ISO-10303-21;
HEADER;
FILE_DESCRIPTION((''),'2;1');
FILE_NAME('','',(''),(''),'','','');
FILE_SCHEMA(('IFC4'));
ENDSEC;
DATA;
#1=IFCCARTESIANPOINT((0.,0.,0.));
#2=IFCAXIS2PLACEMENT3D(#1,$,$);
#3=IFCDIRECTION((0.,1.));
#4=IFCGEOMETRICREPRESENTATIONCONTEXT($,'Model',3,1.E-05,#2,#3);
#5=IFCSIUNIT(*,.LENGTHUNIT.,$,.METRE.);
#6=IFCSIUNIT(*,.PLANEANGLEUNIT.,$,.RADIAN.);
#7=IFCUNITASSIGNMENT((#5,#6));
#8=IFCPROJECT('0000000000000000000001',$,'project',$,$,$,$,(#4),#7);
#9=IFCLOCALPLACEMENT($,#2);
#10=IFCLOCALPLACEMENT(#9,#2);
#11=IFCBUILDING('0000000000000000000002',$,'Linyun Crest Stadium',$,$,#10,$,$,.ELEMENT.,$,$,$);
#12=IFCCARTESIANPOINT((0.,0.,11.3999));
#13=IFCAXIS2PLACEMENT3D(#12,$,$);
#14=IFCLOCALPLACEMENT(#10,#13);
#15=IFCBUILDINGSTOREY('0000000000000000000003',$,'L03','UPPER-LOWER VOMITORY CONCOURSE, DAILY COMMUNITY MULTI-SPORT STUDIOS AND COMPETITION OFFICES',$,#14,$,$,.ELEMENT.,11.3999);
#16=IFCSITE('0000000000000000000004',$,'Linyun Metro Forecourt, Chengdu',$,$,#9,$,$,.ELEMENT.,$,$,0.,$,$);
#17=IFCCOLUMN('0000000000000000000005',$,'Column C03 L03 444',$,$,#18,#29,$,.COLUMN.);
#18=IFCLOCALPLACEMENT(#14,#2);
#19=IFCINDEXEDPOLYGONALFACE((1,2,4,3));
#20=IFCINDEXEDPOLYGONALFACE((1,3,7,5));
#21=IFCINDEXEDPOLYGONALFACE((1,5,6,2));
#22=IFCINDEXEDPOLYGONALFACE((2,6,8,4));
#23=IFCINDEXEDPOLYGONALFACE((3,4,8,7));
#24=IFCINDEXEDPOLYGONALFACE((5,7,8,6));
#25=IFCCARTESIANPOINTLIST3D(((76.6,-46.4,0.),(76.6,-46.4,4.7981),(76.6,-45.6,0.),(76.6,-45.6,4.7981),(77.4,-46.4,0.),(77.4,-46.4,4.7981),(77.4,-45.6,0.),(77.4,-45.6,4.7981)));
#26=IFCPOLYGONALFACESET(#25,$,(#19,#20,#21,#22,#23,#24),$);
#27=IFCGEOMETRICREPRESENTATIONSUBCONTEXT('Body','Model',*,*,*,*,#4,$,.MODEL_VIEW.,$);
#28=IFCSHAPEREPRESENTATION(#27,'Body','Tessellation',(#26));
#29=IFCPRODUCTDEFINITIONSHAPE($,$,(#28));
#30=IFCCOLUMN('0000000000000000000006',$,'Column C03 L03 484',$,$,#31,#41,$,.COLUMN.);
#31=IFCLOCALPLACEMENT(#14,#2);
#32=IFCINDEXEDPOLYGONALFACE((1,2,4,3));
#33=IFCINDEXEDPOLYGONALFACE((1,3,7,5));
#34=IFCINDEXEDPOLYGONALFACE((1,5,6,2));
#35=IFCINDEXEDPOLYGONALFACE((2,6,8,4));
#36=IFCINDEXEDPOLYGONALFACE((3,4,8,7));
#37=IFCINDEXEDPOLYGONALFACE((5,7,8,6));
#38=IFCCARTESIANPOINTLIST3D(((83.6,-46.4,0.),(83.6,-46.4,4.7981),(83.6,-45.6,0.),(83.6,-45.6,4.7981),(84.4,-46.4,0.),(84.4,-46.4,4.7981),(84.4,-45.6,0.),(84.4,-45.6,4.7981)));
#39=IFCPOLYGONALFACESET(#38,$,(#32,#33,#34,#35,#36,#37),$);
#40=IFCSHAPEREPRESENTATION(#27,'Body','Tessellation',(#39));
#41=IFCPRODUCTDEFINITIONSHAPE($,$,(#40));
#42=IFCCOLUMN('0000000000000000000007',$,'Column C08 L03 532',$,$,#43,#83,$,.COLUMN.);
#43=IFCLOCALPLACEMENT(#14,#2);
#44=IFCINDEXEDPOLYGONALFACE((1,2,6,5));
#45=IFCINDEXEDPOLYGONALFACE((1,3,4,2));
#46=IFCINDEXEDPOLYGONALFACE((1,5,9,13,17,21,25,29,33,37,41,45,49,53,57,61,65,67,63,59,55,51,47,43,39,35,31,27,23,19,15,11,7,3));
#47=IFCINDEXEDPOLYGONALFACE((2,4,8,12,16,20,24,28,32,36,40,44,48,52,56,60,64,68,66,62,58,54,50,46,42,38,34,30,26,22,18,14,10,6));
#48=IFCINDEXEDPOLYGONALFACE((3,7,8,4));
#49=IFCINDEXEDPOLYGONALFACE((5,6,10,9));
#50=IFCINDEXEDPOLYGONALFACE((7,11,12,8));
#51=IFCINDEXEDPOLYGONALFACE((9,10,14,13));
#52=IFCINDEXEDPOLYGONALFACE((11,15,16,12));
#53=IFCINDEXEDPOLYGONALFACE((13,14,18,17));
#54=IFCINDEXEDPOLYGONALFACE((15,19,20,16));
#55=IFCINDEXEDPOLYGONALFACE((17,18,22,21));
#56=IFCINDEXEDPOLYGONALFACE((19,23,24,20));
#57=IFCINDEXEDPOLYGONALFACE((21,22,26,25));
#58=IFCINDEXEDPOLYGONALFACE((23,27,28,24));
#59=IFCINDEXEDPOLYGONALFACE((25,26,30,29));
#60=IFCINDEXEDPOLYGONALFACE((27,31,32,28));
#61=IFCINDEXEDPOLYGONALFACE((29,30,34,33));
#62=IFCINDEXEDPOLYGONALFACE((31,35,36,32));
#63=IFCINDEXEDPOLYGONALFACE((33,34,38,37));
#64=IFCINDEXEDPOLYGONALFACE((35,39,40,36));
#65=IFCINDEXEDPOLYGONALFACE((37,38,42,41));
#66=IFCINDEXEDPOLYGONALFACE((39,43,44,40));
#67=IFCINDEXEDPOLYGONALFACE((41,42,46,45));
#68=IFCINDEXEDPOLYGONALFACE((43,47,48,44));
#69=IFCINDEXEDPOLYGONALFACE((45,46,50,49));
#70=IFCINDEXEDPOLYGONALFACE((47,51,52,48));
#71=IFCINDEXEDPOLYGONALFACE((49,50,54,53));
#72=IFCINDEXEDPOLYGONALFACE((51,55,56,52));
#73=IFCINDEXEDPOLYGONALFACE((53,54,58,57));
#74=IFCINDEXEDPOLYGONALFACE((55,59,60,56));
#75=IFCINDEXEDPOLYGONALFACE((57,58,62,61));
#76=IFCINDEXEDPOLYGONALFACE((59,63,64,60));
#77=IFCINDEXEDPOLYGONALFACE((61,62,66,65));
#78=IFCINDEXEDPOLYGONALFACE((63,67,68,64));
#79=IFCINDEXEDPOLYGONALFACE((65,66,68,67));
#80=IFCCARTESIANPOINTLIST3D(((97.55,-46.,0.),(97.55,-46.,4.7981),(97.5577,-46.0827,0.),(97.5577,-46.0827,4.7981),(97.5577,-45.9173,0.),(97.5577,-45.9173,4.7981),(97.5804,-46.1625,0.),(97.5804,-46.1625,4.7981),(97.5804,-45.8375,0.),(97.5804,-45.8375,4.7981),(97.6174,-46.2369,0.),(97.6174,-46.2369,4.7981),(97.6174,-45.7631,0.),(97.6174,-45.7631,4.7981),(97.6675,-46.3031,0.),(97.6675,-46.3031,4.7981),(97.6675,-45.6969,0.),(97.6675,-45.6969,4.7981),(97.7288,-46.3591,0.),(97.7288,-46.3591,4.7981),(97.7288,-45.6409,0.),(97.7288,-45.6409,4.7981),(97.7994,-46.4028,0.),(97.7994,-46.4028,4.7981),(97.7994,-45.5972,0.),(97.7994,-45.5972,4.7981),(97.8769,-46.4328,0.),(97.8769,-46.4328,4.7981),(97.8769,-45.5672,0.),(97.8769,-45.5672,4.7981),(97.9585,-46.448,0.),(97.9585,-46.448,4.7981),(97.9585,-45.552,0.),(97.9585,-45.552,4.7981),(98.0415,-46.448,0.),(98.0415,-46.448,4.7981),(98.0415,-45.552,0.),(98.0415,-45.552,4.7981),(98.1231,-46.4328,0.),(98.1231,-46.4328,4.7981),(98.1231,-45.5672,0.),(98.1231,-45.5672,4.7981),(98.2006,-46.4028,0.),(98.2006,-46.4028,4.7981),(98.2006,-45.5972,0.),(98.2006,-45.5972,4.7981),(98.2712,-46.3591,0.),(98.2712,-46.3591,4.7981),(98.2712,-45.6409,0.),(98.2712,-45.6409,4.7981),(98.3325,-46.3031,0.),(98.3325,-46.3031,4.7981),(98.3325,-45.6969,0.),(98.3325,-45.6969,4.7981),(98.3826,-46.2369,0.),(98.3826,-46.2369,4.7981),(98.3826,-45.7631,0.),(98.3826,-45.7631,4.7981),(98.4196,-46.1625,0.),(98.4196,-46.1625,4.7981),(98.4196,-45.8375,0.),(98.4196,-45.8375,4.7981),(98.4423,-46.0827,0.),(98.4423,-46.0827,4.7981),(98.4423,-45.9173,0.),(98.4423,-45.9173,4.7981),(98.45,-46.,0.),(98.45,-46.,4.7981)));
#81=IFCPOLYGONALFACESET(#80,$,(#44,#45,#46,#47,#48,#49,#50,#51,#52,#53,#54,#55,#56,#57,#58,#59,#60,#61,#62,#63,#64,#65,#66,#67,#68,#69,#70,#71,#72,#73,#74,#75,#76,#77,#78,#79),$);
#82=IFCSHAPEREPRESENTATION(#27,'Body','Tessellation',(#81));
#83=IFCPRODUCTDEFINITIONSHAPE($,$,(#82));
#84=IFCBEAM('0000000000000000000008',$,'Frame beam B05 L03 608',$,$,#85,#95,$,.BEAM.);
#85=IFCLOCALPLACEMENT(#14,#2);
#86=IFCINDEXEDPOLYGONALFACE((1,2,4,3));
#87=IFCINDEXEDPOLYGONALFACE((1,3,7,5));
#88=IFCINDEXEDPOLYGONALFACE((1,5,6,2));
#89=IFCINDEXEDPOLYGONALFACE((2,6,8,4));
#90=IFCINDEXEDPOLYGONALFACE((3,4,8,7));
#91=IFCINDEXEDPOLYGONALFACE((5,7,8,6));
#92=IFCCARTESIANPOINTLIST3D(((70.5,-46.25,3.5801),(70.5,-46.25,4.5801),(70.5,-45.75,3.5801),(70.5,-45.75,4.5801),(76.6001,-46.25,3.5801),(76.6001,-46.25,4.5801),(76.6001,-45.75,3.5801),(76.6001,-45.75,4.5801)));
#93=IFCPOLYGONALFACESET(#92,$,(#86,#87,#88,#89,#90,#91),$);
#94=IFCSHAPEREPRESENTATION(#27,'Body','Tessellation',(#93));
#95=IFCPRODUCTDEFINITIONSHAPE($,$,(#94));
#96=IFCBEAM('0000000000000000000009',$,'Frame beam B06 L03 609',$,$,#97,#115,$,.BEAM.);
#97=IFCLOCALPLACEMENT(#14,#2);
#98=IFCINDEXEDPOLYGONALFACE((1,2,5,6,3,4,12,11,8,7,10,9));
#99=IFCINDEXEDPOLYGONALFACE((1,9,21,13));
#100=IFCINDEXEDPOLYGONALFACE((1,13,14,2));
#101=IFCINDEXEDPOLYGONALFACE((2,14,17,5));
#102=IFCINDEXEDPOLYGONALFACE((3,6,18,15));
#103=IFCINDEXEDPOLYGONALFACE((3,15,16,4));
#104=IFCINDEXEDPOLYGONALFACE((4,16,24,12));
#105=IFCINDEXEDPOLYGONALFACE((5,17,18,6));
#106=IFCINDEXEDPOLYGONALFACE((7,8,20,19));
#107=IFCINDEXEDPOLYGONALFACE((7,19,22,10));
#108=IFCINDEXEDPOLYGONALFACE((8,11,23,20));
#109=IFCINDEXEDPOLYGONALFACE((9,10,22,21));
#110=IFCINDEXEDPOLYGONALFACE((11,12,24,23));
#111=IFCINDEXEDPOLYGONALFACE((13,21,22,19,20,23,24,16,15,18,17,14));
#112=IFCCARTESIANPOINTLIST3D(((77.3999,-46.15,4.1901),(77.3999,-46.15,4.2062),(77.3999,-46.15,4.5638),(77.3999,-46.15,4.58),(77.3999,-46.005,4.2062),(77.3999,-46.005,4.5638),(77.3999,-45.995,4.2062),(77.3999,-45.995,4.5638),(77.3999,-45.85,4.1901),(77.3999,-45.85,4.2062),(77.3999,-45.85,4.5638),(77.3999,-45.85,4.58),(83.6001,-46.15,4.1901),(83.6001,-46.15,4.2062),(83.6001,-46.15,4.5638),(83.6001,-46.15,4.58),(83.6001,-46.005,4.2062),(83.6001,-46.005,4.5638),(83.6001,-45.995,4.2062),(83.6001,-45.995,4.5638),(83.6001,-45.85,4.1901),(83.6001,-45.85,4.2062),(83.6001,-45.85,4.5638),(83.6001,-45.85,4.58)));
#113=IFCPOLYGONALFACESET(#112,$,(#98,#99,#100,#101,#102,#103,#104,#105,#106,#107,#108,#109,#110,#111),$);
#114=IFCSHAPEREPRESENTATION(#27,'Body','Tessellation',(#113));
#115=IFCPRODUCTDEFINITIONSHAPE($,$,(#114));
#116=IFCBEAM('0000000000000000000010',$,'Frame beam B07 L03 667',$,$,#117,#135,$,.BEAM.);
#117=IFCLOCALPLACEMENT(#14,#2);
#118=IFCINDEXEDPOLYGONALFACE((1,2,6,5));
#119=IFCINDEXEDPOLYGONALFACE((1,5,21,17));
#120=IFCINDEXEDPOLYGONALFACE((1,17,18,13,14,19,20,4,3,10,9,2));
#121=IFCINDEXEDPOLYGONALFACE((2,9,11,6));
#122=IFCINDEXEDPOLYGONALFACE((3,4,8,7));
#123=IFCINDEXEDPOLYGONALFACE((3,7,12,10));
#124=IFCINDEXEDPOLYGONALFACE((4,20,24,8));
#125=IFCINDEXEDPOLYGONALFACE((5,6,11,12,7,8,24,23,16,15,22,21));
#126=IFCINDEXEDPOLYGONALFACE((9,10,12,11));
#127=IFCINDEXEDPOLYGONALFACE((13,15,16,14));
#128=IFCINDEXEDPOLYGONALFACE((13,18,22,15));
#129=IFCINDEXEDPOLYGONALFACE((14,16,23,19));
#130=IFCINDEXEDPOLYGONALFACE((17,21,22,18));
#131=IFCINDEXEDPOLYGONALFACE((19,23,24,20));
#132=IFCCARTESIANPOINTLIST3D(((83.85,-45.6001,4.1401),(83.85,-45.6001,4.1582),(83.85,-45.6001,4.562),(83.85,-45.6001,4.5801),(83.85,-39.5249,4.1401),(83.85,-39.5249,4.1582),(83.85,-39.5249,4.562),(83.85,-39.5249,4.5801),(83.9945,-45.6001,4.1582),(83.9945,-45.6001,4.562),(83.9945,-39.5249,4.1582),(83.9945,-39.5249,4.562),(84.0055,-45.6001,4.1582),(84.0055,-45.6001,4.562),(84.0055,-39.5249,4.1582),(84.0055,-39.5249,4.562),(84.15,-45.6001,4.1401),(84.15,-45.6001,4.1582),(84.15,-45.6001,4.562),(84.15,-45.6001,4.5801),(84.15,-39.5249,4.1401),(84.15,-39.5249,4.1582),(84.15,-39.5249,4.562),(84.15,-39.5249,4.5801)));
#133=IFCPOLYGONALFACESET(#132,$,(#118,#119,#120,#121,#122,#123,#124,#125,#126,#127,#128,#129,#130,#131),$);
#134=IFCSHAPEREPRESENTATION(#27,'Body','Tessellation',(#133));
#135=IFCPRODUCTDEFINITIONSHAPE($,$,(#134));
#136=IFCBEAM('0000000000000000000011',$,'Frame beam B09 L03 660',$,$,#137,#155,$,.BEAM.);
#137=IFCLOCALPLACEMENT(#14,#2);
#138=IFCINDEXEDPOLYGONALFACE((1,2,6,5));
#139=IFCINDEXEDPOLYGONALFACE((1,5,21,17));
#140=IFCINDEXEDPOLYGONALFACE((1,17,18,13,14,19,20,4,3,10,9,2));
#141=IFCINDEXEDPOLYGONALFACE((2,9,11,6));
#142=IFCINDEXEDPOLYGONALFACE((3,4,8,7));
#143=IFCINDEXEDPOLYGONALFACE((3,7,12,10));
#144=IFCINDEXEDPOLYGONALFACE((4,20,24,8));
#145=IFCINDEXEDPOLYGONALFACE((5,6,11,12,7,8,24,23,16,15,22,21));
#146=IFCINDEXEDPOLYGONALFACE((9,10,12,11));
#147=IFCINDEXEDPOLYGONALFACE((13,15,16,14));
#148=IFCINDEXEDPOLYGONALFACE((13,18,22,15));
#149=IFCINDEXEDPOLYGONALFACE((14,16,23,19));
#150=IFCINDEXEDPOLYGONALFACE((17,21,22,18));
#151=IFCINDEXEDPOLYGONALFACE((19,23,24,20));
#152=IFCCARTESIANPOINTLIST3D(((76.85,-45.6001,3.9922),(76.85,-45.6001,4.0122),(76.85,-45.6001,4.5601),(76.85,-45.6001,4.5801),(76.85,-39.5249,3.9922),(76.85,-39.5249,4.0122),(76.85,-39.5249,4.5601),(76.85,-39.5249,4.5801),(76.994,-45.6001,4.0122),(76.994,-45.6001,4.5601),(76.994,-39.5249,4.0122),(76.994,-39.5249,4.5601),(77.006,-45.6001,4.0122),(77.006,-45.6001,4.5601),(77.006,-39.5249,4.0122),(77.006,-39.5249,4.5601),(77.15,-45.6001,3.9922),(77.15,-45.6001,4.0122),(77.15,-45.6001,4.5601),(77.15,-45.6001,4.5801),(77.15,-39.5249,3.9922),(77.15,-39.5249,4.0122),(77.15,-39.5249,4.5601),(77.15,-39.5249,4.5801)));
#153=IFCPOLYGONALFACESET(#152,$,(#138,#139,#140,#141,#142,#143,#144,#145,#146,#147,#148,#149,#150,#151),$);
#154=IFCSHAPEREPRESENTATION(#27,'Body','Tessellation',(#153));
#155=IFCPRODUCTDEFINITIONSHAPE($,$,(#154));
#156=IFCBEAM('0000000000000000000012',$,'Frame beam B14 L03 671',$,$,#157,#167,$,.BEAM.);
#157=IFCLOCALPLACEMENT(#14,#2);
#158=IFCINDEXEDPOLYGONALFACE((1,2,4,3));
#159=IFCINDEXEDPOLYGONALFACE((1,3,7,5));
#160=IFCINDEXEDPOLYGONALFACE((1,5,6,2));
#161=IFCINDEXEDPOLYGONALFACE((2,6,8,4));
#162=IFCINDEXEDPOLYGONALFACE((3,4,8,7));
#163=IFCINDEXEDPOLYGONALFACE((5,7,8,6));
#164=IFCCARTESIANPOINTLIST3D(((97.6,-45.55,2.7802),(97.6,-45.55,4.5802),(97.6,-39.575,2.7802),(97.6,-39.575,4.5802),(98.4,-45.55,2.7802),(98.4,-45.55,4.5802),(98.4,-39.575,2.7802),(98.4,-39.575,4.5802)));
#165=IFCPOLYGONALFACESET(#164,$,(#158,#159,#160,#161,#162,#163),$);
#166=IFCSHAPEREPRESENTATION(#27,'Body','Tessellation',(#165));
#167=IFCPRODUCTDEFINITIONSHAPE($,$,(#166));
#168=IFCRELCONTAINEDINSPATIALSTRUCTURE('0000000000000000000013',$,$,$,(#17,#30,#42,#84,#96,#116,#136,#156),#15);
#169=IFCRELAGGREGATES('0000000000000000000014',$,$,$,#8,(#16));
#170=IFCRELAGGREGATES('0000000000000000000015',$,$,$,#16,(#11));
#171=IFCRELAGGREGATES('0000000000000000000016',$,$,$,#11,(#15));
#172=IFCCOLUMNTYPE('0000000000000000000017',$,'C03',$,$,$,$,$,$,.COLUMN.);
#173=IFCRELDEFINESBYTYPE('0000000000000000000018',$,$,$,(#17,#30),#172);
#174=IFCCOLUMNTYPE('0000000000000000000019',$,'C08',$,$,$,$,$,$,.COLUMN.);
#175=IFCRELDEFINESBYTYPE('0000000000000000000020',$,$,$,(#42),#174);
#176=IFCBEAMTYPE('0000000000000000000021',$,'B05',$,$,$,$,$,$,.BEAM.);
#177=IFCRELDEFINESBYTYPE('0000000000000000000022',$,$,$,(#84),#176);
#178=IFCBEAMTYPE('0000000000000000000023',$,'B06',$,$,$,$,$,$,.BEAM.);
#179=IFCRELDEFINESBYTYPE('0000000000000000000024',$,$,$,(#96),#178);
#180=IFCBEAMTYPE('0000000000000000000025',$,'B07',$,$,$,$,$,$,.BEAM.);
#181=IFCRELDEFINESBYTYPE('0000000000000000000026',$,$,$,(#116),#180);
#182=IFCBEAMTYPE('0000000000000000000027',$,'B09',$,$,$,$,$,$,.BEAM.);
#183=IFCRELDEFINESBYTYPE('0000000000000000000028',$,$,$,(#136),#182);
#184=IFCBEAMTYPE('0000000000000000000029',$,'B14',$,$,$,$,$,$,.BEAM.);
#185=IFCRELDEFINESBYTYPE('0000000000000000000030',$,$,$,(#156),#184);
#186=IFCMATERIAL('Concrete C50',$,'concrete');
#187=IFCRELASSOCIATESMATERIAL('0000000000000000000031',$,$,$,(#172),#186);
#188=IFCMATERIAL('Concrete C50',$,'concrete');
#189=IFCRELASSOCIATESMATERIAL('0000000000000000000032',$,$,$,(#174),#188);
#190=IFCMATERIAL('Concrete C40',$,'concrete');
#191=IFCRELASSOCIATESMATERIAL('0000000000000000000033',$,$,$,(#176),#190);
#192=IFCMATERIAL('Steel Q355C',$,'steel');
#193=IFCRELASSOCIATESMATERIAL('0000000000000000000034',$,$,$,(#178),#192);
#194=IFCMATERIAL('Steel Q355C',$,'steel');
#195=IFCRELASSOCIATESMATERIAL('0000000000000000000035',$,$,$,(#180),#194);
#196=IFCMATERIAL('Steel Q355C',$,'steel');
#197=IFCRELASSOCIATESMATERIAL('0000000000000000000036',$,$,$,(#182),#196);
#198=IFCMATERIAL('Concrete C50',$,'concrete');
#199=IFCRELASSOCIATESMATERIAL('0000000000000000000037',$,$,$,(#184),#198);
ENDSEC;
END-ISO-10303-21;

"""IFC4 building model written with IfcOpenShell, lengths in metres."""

from ifc_helpers import new_model, si_unit, direction, frame, origin, origin_2d, place, context, subcontext, project, spatial, rectangle, circle, i_section, extrude, material, material_profile, profile_set, type_object, element, save


model = new_model("IFC4")

# Units and contexts
model_context = context("Model", 3, precision=1e-05, world=origin(), true_north=direction((0.0, 1.0)))
body_context = subcontext(model_context, "Body", "Model", "MODEL_VIEW")
ifc_project = project(units=[si_unit("LENGTHUNIT", "METRE"), si_unit("PLANEANGLEUNIT", "RADIAN")], contexts=[model_context])

# Site, building, storey
site_placement = place(None, origin())
site = spatial("IfcSite", under=ifc_project, at=site_placement, Name="Linyun Metro Forecourt, Chengdu", CompositionType="ELEMENT", RefElevation=0.0)
building_placement = place(site_placement, origin())
building = spatial("IfcBuilding", under=site, at=building_placement, Name="Linyun Crest Stadium", CompositionType="ELEMENT")
storey_placement = place(building_placement, frame((0.0, 0.0, 11.3999)))
storey = spatial("IfcBuildingStorey", under=building, at=storey_placement, Name="L03", Description="UPPER-LOWER VOMITORY CONCOURSE, DAILY COMMUNITY MULTI-SPORT STUDIOS AND COMPETITION OFFICES", CompositionType="ELEMENT", Elevation=11.3999)

# Columns
ifc_material_1 = material(Name="Concrete C50", Category="concrete")
ifc_material_profile_1 = material_profile(ifc_material_1, rectangle(XDim=0.8, YDim=0.8, at=origin_2d()), Name="RC 800x800")
ifc_profile_set_1 = profile_set([ifc_material_profile_1], Name="Concrete C50")
column_type_1 = type_object("IfcColumnType", Name="C03", PredefinedType="COLUMN", material=ifc_profile_set_1)
for number, where, z_axis, x_axis, name in (
    (1, (77.0, -46.0, 0.0), (0.0, 0.0, 1.0), (1.0, 0.0, 0.0), "Column C03 L03 444"),
    (2, (84.0, -46.0, 0.0), (0.0, 0.0, 1.0), (1.0, 0.0, 0.0), "Column C03 L03 484"),
):
    element("IfcColumn", number, at=place(storey_placement, frame(where, z_axis=z_axis, x_axis=x_axis)), inside=storey, type_object=column_type_1, Name=name, PredefinedType="COLUMN", context=body_context, shape_type="SweptSolid", body=[
        extrude(rectangle(XDim=0.8, YDim=0.8, at=origin_2d()), origin(), (0.0, 0.0, 1.0), 4.7981),
    ])
ifc_material_2 = material(Name="Concrete C50", Category="concrete")
ifc_material_profile_2 = material_profile(ifc_material_2, circle(Radius=0.45, at=origin_2d()), Name="RC D900")
ifc_profile_set_2 = profile_set([ifc_material_profile_2], Name="Concrete C50")
column_type_2 = type_object("IfcColumnType", Name="C08", PredefinedType="COLUMN", material=ifc_profile_set_2)
column_placement = place(storey_placement, frame((98.0, -46.0, 0.0), z_axis=(0.0, 0.0, 1.0), x_axis=(1.0, 0.0, 0.0)))
element("IfcColumn", 3, at=column_placement, inside=storey, type_object=column_type_2, Name="Column C08 L03 532", PredefinedType="COLUMN", context=body_context, shape_type="SweptSolid", body=[
    extrude(circle(Radius=0.45, at=origin_2d()), origin(), (0.0, 0.0, 1.0), 4.7981),
])

# Beams
ifc_material_3 = material(Name="Concrete C40", Category="concrete")
ifc_material_profile_3 = material_profile(ifc_material_3, rectangle(XDim=0.5, YDim=1.0, at=origin_2d()), Name="RCB 1000x500")
ifc_profile_set_3 = profile_set([ifc_material_profile_3], Name="Concrete C40")
beam_type_1 = type_object("IfcBeamType", Name="B05", PredefinedType="BEAM", material=ifc_profile_set_3)
beam_1_placement = place(storey_placement, frame((70.5, -46.0, 4.0801), z_axis=(1.0, 0.0, 0.0), x_axis=(0.0, 1.0, 0.0)))
element("IfcBeam", 4, at=beam_1_placement, inside=storey, type_object=beam_type_1, Name="Frame beam B05 L03 608", PredefinedType="BEAM", context=body_context, shape_type="SweptSolid", body=[
    extrude(rectangle(XDim=0.5, YDim=1.0, at=origin_2d()), origin(), (0.0, 0.0, 1.0), 6.1001),
])
ifc_material_4 = material(Name="Steel Q355C", Category="steel")
ifc_material_profile_4 = material_profile(ifc_material_4, i_section(OverallWidth=0.3, OverallDepth=0.3899, WebThickness=0.01, FlangeThickness=0.0161, at=origin_2d()), Name="HM 390x300")
ifc_profile_set_4 = profile_set([ifc_material_profile_4], Name="Steel Q355C")
beam_type_2 = type_object("IfcBeamType", Name="B06", PredefinedType="BEAM", material=ifc_profile_set_4)
beam_2_placement = place(storey_placement, frame((77.3999, -46.0, 4.385), z_axis=(1.0, 0.0, 0.0), x_axis=(0.0, 1.0, 0.0)))
element("IfcBeam", 5, at=beam_2_placement, inside=storey, type_object=beam_type_2, Name="Frame beam B06 L03 609", PredefinedType="BEAM", context=body_context, shape_type="SweptSolid", body=[
    extrude(i_section(OverallWidth=0.3, OverallDepth=0.3899, WebThickness=0.01, FlangeThickness=0.0161, at=origin_2d()), origin(), (0.0, 0.0, 1.0), 6.2002),
])
ifc_material_5 = material(Name="Steel Q355C", Category="steel")
ifc_material_profile_5 = material_profile(ifc_material_5, i_section(OverallWidth=0.3, OverallDepth=0.4399, WebThickness=0.011, FlangeThickness=0.0181, at=origin_2d()), Name="HM 440x300")
ifc_profile_set_5 = profile_set([ifc_material_profile_5], Name="Steel Q355C")
beam_type_3 = type_object("IfcBeamType", Name="B07", PredefinedType="BEAM", material=ifc_profile_set_5)
beam_3_placement = place(storey_placement, frame((84.0, -45.6001, 4.3601), z_axis=(0.0, 1.0, 0.0), x_axis=(-1.0, 0.0, 0.0)))
element("IfcBeam", 6, at=beam_3_placement, inside=storey, type_object=beam_type_3, Name="Frame beam B07 L03 667", PredefinedType="BEAM", context=body_context, shape_type="SweptSolid", body=[
    extrude(i_section(OverallWidth=0.3, OverallDepth=0.4399, WebThickness=0.011, FlangeThickness=0.0181, at=origin_2d()), origin(), (0.0, 0.0, 1.0), 6.0752),
])
ifc_material_6 = material(Name="Steel Q355C", Category="steel")
ifc_material_profile_6 = material_profile(ifc_material_6, i_section(OverallWidth=0.3, OverallDepth=0.5879, WebThickness=0.012, FlangeThickness=0.02, at=origin_2d()), Name="HM 588x300")
ifc_profile_set_6 = profile_set([ifc_material_profile_6], Name="Steel Q355C")
beam_type_4 = type_object("IfcBeamType", Name="B09", PredefinedType="BEAM", material=ifc_profile_set_6)
beam_4_placement = place(storey_placement, frame((77.0, -45.6001, 4.2861), z_axis=(0.0, 1.0, 0.0), x_axis=(-1.0, 0.0, 0.0)))
element("IfcBeam", 7, at=beam_4_placement, inside=storey, type_object=beam_type_4, Name="Frame beam B09 L03 660", PredefinedType="BEAM", context=body_context, shape_type="SweptSolid", body=[
    extrude(i_section(OverallWidth=0.3, OverallDepth=0.5879, WebThickness=0.012, FlangeThickness=0.02, at=origin_2d()), origin(), (0.0, 0.0, 1.0), 6.0752),
])
ifc_material_7 = material(Name="Concrete C50", Category="concrete")
ifc_material_profile_7 = material_profile(ifc_material_7, rectangle(XDim=0.8, YDim=1.8, at=origin_2d()), Name="RCB 1800x800")
ifc_profile_set_7 = profile_set([ifc_material_profile_7], Name="Concrete C50")
beam_type_5 = type_object("IfcBeamType", Name="B14", PredefinedType="BEAM", material=ifc_profile_set_7)
beam_5_placement = place(storey_placement, frame((98.0, -45.55, 3.6802), z_axis=(0.0, 1.0, 0.0), x_axis=(-1.0, 0.0, 0.0)))
element("IfcBeam", 8, at=beam_5_placement, inside=storey, type_object=beam_type_5, Name="Frame beam B14 L03 671", PredefinedType="BEAM", context=body_context, shape_type="SweptSolid", body=[
    extrude(rectangle(XDim=0.8, YDim=1.8, at=origin_2d()), origin(), (0.0, 0.0, 1.0), 5.9751),
])

save(model, "model.ifc")
